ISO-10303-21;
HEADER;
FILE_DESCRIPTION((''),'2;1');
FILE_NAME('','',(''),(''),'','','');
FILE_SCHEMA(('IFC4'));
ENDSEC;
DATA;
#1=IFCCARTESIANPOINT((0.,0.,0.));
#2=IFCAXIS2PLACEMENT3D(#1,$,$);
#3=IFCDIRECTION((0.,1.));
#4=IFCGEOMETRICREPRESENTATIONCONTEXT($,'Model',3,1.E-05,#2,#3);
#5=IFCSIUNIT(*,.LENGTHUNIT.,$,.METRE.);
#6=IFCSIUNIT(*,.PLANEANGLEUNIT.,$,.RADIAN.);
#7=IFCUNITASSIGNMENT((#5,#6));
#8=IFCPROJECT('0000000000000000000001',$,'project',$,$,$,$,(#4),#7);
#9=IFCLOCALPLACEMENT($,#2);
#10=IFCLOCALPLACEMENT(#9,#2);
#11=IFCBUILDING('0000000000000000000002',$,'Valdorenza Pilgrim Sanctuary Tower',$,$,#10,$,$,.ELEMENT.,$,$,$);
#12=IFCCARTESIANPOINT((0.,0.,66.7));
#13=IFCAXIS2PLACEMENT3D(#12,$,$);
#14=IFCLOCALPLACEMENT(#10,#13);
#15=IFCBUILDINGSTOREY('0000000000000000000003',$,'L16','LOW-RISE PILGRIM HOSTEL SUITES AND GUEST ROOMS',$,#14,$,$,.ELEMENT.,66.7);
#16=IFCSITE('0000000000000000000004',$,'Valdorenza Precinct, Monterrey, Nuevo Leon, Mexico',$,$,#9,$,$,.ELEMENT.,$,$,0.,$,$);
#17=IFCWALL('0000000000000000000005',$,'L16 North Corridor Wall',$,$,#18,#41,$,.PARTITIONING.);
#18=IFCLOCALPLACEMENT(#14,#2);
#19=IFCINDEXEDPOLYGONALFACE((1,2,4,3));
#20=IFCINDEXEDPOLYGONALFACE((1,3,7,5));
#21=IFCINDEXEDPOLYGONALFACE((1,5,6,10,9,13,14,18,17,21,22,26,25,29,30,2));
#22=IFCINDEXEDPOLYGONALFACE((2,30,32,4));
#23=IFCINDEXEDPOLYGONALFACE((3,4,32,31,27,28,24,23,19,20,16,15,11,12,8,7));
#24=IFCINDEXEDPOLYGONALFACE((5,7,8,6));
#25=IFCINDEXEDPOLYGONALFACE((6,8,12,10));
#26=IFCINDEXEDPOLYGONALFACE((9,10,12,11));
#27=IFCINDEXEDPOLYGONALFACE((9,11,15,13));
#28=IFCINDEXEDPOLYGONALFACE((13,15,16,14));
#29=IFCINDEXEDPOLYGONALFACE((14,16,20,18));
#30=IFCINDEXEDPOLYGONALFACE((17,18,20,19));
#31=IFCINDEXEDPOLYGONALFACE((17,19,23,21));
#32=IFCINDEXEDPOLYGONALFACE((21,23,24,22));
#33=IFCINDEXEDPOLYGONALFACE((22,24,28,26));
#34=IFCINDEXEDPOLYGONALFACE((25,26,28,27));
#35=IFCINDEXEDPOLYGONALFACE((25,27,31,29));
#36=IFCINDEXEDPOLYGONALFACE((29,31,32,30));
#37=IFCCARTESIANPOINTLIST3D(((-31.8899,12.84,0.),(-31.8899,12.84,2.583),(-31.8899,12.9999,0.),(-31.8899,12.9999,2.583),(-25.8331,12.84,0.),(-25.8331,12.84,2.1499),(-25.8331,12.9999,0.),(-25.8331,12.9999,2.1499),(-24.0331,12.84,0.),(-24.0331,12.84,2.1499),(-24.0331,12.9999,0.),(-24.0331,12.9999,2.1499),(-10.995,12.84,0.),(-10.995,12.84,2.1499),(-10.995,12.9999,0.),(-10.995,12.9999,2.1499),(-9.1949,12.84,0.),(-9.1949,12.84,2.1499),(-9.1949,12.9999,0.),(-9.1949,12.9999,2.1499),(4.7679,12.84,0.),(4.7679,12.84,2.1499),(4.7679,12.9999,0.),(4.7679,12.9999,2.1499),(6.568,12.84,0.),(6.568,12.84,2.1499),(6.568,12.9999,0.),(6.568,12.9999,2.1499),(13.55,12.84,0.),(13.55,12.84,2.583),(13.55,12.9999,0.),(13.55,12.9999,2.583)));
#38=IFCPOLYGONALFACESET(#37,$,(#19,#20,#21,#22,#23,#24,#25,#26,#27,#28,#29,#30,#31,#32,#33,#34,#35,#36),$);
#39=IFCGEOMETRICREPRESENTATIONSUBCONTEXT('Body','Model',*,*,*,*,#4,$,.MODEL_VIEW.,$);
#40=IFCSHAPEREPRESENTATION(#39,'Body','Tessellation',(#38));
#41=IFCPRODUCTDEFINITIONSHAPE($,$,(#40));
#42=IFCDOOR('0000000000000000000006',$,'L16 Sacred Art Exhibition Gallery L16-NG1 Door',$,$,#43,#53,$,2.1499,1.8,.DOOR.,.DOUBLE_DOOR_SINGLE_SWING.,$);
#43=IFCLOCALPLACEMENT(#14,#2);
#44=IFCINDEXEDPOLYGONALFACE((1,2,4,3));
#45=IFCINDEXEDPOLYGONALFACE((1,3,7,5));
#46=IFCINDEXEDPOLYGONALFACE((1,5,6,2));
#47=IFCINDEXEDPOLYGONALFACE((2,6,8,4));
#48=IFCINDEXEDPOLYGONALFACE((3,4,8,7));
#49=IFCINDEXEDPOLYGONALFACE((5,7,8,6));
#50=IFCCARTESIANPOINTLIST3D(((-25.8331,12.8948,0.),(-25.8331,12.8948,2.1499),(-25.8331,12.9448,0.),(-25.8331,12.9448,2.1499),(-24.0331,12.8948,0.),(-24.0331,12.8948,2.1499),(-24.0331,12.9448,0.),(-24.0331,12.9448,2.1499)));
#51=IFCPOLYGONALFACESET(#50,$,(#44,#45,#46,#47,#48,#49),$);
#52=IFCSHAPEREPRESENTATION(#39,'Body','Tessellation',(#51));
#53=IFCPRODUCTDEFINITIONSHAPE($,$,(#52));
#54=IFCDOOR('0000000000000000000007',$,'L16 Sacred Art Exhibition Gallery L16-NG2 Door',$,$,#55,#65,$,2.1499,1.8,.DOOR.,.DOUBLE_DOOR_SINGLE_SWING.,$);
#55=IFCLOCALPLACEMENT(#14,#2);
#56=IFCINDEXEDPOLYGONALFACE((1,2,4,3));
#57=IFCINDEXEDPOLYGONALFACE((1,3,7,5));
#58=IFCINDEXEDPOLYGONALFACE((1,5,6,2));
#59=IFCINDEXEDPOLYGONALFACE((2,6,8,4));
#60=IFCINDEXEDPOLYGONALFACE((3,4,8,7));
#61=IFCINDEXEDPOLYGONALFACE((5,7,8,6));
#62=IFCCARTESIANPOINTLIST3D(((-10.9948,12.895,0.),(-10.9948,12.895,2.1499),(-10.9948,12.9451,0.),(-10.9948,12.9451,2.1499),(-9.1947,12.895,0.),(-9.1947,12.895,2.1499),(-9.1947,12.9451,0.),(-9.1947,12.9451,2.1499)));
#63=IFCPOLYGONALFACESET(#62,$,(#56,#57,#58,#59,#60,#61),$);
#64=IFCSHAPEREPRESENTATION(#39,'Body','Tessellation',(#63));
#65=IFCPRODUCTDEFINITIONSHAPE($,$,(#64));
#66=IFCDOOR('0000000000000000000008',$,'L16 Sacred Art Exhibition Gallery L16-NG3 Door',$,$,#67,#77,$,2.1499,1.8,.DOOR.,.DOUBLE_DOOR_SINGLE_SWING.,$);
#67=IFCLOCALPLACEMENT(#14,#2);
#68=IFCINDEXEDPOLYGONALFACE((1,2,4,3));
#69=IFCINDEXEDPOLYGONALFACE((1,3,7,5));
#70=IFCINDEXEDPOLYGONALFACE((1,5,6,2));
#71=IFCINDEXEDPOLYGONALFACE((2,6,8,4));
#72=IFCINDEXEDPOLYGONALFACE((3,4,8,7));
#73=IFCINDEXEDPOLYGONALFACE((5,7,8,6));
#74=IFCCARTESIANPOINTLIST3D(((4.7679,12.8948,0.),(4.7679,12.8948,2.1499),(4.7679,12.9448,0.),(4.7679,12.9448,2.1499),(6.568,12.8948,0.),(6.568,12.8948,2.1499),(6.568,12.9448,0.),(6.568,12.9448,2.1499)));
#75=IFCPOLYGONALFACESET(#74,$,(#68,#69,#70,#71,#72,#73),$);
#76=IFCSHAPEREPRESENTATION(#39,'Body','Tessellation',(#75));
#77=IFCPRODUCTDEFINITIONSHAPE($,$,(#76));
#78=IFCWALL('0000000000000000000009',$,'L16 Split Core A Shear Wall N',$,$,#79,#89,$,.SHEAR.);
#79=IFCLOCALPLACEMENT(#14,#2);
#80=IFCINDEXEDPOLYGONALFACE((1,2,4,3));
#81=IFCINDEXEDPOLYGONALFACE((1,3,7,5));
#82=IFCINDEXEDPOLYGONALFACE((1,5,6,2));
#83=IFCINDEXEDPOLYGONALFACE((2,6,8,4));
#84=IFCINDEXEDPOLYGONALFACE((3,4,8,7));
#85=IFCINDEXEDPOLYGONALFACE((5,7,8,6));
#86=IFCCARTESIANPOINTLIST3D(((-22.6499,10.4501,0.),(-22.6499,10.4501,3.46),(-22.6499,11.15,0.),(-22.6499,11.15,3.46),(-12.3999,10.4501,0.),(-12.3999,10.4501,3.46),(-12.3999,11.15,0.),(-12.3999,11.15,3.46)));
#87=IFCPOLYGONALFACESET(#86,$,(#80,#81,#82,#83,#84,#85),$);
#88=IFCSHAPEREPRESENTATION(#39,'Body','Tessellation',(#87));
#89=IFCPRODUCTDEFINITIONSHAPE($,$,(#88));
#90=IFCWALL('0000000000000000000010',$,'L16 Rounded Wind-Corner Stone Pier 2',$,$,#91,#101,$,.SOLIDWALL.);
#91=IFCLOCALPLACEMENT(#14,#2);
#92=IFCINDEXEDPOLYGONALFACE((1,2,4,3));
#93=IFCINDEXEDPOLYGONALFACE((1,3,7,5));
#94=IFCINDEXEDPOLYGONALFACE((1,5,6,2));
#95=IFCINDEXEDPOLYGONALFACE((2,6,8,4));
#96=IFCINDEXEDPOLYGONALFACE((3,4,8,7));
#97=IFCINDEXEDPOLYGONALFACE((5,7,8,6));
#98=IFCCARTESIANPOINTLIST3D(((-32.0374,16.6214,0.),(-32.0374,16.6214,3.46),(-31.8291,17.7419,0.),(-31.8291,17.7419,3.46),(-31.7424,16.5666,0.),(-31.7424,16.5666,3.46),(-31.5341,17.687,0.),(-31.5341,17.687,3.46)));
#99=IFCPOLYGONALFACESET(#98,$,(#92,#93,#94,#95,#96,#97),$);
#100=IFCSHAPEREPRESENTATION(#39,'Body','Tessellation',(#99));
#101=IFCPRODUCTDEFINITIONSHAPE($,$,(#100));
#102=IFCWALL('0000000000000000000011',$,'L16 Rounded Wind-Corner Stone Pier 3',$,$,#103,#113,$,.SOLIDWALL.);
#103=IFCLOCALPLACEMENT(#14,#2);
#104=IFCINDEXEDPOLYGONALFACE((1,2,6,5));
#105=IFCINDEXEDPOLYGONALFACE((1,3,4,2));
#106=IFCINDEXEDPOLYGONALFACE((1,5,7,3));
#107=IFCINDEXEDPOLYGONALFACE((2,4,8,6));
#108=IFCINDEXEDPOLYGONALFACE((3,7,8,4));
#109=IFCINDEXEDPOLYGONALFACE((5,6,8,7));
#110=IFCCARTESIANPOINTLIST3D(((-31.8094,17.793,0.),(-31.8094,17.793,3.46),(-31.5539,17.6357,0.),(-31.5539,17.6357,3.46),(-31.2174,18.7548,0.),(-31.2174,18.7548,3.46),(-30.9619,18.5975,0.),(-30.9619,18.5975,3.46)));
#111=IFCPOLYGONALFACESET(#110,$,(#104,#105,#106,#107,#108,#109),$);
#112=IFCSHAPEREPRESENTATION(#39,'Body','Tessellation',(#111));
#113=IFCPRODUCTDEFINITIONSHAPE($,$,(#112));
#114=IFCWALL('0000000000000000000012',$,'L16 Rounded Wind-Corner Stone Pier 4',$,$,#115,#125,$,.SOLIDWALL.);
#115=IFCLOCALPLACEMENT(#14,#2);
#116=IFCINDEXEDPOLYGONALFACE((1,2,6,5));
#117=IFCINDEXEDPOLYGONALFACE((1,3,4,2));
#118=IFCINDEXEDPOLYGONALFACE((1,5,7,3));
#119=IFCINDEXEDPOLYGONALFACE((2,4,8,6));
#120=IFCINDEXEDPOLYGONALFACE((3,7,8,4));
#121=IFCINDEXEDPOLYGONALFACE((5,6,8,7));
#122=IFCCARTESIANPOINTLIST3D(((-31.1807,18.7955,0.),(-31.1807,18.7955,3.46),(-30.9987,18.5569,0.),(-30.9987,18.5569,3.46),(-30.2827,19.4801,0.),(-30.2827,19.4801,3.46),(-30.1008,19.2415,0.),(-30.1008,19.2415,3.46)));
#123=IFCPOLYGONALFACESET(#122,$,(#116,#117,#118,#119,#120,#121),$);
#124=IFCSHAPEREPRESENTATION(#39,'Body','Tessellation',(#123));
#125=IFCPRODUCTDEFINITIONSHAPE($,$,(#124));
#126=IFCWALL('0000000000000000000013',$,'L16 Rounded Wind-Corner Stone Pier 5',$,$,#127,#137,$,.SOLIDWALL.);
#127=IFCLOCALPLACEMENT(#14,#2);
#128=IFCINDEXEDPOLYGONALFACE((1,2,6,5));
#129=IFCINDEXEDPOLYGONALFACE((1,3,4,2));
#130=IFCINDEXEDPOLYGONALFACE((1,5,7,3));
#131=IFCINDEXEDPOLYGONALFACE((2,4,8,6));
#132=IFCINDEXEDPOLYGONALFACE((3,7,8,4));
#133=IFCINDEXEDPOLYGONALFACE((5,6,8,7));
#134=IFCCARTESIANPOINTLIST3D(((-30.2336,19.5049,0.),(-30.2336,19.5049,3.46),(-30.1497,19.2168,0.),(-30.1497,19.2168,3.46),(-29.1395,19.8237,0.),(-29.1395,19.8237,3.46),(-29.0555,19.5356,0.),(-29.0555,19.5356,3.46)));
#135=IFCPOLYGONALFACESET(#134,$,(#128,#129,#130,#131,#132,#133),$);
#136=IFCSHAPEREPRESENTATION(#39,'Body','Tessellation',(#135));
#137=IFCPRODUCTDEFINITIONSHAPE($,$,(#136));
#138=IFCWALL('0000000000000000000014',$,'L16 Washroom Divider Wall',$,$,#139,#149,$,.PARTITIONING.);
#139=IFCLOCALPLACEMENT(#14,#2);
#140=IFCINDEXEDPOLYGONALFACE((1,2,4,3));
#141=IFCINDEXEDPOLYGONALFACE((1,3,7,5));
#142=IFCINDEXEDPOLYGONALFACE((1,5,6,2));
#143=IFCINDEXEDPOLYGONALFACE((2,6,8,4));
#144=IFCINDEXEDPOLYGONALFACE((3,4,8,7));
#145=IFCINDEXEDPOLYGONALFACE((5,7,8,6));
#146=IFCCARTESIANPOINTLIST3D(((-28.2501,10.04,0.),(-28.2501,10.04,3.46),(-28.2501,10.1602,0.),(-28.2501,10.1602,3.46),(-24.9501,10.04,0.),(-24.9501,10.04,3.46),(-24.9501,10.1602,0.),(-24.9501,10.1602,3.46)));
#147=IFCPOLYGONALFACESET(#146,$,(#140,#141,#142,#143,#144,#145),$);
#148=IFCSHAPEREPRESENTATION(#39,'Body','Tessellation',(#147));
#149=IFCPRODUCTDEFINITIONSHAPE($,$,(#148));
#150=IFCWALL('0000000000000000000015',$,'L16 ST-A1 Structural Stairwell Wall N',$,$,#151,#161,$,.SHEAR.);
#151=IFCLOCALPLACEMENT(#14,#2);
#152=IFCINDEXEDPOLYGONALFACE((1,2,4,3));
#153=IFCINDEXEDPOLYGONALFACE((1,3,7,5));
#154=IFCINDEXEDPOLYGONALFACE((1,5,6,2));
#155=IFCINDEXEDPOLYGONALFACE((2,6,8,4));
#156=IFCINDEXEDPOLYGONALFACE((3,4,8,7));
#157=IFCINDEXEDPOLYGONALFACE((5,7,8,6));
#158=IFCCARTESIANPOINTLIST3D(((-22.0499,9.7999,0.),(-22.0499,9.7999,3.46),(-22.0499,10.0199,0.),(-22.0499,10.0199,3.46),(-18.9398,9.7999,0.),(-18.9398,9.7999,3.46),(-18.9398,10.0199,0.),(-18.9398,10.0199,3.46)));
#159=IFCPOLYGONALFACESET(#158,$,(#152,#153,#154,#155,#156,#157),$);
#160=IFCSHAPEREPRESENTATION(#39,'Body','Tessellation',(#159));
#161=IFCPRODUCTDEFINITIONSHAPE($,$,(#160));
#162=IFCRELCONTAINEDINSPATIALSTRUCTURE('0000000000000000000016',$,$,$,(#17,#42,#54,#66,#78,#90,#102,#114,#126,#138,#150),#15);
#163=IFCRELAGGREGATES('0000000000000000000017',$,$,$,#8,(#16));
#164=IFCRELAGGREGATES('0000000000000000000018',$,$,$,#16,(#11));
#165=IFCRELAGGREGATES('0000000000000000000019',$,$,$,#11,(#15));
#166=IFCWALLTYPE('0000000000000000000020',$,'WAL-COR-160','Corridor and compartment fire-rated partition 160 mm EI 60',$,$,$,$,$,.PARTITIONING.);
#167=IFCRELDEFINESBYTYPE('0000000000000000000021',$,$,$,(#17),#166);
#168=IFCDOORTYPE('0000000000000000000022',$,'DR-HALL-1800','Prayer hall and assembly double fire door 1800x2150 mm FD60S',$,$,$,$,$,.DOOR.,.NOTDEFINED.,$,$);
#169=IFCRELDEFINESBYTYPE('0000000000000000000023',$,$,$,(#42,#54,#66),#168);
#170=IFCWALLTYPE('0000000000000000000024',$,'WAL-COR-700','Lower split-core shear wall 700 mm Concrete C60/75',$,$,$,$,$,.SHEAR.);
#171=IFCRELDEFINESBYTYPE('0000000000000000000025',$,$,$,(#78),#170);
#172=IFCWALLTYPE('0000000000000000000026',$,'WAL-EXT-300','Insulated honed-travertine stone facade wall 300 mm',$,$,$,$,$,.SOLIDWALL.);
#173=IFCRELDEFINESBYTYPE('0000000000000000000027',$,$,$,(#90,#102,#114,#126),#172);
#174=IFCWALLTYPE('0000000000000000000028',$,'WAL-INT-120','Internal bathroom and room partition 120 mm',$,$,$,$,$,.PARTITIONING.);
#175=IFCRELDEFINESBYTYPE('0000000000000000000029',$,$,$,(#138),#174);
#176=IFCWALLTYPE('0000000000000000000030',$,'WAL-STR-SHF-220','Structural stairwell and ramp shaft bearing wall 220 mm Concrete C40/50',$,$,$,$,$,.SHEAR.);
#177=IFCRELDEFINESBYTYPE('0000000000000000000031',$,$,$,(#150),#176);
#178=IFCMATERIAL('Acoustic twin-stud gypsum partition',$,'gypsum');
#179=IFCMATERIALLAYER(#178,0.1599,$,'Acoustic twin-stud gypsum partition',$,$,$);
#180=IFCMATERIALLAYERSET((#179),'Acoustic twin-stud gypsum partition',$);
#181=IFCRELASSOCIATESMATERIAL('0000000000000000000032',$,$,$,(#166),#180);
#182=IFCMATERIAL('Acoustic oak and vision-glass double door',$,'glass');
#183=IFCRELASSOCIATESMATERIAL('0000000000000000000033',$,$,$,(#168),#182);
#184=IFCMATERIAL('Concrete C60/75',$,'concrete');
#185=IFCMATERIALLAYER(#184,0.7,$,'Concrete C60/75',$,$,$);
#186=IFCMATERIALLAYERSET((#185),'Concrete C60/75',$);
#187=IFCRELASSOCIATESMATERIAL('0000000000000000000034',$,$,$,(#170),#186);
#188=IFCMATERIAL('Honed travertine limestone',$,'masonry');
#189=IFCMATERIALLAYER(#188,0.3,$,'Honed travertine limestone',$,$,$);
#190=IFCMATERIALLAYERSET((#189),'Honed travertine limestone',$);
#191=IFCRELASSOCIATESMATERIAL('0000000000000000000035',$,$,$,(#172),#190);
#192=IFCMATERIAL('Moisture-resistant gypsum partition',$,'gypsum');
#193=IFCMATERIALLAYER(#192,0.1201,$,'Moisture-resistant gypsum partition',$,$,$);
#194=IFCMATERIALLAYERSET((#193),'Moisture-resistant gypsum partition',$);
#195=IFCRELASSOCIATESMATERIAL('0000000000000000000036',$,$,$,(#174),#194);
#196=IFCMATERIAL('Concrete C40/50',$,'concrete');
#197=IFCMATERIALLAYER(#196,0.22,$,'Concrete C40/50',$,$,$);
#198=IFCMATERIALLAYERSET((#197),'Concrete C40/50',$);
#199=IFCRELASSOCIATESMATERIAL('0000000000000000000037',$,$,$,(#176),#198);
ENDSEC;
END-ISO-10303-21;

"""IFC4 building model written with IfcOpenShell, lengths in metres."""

from ifc_helpers import new_model, si_unit, direction, frame, frame_2d, origin, place, context, subcontext, project, spatial, rectangle, extrude, material, layer, layer_set, type_object, element, fill, save


model = new_model("IFC4")

# Units and contexts
model_context = context("Model", 3, precision=1e-05, world=origin(), true_north=direction((0.0, 1.0)))
body_context = subcontext(model_context, "Body", "Model", "MODEL_VIEW")
ifc_project = project(units=[si_unit("LENGTHUNIT", "METRE"), si_unit("PLANEANGLEUNIT", "RADIAN")], contexts=[model_context])

# Site, building, storey
site_placement = place(None, origin())
site = spatial("IfcSite", under=ifc_project, at=site_placement, Name="Valdorenza Precinct, Monterrey, Nuevo Leon, Mexico", CompositionType="ELEMENT", RefElevation=0.0)
building_placement = place(site_placement, origin())
building = spatial("IfcBuilding", under=site, at=building_placement, Name="Valdorenza Pilgrim Sanctuary Tower", CompositionType="ELEMENT")
storey_placement = place(building_placement, frame((0.0, 0.0, 66.7)))
storey = spatial("IfcBuildingStorey", under=building, at=storey_placement, Name="L16", Description="LOW-RISE PILGRIM HOSTEL SUITES AND GUEST ROOMS", CompositionType="ELEMENT", Elevation=66.7)

# Shared definitions
ifc_material_1 = material(Name="Concrete C60/75", Category="concrete")

# Shared definitions
ifc_material_2 = material(Name="Honed travertine limestone", Category="masonry")

# Shared definitions
ifc_material_3 = material(Name="Acoustic twin-stud gypsum partition", Category="gypsum")
ifc_layer_1 = layer(ifc_material_3, 0.1599, Name="Acoustic twin-stud gypsum partition")
ifc_layer_set_1 = layer_set([ifc_layer_1], Name="Acoustic twin-stud gypsum partition")
wall_type_1 = type_object("IfcWallType", Name="WAL-COR-160", Description="Corridor and compartment fire-rated partition 160 mm EI 60", PredefinedType="PARTITIONING", material=ifc_layer_set_1)

# Wall, openings, doors
wall_1_placement = place(storey_placement, frame((-31.8899, 12.9199, 0.0), z_axis=(0.0, 0.0, 1.0), x_axis=(1.0, 0.0, 0.0)))
wall_1 = element("IfcWall", 1, at=wall_1_placement, inside=storey, type_object=wall_type_1, Name="L16 North Corridor Wall", PredefinedType="PARTITIONING", context=body_context, shape_type="SweptSolid", body=[
    extrude(rectangle(XDim=45.4399, YDim=0.1599, at=frame_2d((22.72, 0.0))), origin(), (0.0, 0.0, 1.0), 2.583),
])
opening_1_placement = place(wall_1_placement, frame((6.0569, 0.0, 0.0)))
opening_1 = element("IfcOpeningElement", 2, at=opening_1_placement, cuts=wall_1, PredefinedType="OPENING", context=body_context, shape_type="SweptSolid", body=[
    extrude(rectangle(XDim=1.8, YDim=2.1499, at=frame_2d((0.8999, 1.075))), frame((0.0, 0.0947, 0.0), z_axis=(0.0, -1.0, 0.0), x_axis=(1.0, 0.0, 0.0)), (0.0, 0.0, 1.0), 0.1897),
])
opening_2_placement = place(wall_1_placement, frame((20.895, 0.0, 0.0)))
opening_2 = element("IfcOpeningElement", 3, at=opening_2_placement, cuts=wall_1, PredefinedType="OPENING", context=body_context, shape_type="SweptSolid", body=[
    extrude(rectangle(XDim=1.8, YDim=2.1499, at=frame_2d((0.8999, 1.075))), frame((0.0, 0.0947, 0.0), z_axis=(0.0, -1.0, 0.0), x_axis=(1.0, 0.0, 0.0)), (0.0, 0.0, 1.0), 0.1897),
])
opening_3_placement = place(wall_1_placement, frame((36.658, 0.0, 0.0)))
opening_3 = element("IfcOpeningElement", 4, at=opening_3_placement, cuts=wall_1, PredefinedType="OPENING", context=body_context, shape_type="SweptSolid", body=[
    extrude(rectangle(XDim=1.8, YDim=2.1499, at=frame_2d((0.8999, 1.075))), frame((0.0, 0.0947, 0.0), z_axis=(0.0, -1.0, 0.0), x_axis=(1.0, 0.0, 0.0)), (0.0, 0.0, 1.0), 0.1897),
])
ifc_material_4 = material(Name="Acoustic oak and vision-glass double door", Category="glass")
door_type = type_object("IfcDoorType", Name="DR-HALL-1800", Description="Prayer hall and assembly double fire door 1800x2150 mm FD60S", OperationType="NOTDEFINED", PredefinedType="DOOR", material=ifc_material_4)
door_1_placement = place(opening_1_placement, origin())
door_1 = element("IfcDoor", 5, at=door_1_placement, inside=storey, type_object=door_type, Name="L16 Sacred Art Exhibition Gallery L16-NG1 Door", OperationType="DOUBLE_DOOR_SINGLE_SWING", OverallHeight=2.1499, OverallWidth=1.8, PredefinedType="DOOR", context=body_context, shape_type="SweptSolid", body=[
    extrude(rectangle(XDim=1.8, YDim=2.1499, at=frame_2d((0.8999, 1.075))), frame((0.0, 0.0249, 0.0), z_axis=(0.0, -1.0, 0.0), x_axis=(1.0, 0.0, 0.0)), (0.0, 0.0, 1.0), 0.05),
])
fill(opening_1, door_1)
door_2_placement = place(opening_2_placement, frame((1.8, 0.0, 0.0), z_axis=(0.0, 0.0, 1.0), x_axis=(-1.0, 0.0, 0.0)))
door_2 = element("IfcDoor", 6, at=door_2_placement, inside=storey, type_object=door_type, Name="L16 Sacred Art Exhibition Gallery L16-NG2 Door", OperationType="DOUBLE_DOOR_SINGLE_SWING", OverallHeight=2.1499, OverallWidth=1.8, PredefinedType="DOOR", context=body_context, shape_type="SweptSolid", body=[
    extrude(rectangle(XDim=1.8, YDim=2.1499, at=frame_2d((0.8999, 1.075))), frame((0.0, 0.0249, 0.0), z_axis=(0.0, -1.0, 0.0), x_axis=(1.0, 0.0, 0.0)), (0.0, 0.0, 1.0), 0.05),
])
fill(opening_2, door_2)
door_3_placement = place(opening_3_placement, origin())
door_3 = element("IfcDoor", 7, at=door_3_placement, inside=storey, type_object=door_type, Name="L16 Sacred Art Exhibition Gallery L16-NG3 Door", OperationType="DOUBLE_DOOR_SINGLE_SWING", OverallHeight=2.1499, OverallWidth=1.8, PredefinedType="DOOR", context=body_context, shape_type="SweptSolid", body=[
    extrude(rectangle(XDim=1.8, YDim=2.1499, at=frame_2d((0.8999, 1.075))), frame((0.0, 0.0249, 0.0), z_axis=(0.0, -1.0, 0.0), x_axis=(1.0, 0.0, 0.0)), (0.0, 0.0, 1.0), 0.05),
])
fill(opening_3, door_3)

# Walls
ifc_layer_2 = layer(ifc_material_1, 0.7, Name="Concrete C60/75")
ifc_layer_set_2 = layer_set([ifc_layer_2], Name="Concrete C60/75")
wall_type_2 = type_object("IfcWallType", Name="WAL-COR-700", Description="Lower split-core shear wall 700 mm Concrete C60/75", PredefinedType="SHEAR", material=ifc_layer_set_2)
wall_2_placement = place(storey_placement, frame((-22.6499, 10.8, 0.0), z_axis=(0.0, 0.0, 1.0), x_axis=(1.0, 0.0, 0.0)))
element("IfcWall", 8, at=wall_2_placement, inside=storey, type_object=wall_type_2, Name="L16 Split Core A Shear Wall N", PredefinedType="SHEAR", context=body_context, shape_type="SweptSolid", body=[
    extrude(rectangle(XDim=10.25, YDim=0.7, at=frame_2d((5.125, 0.0))), origin(), (0.0, 0.0, 1.0), 3.46),
])
ifc_layer_3 = layer(ifc_material_2, 0.3, Name="Honed travertine limestone")
ifc_layer_set_3 = layer_set([ifc_layer_3], Name="Honed travertine limestone")
wall_type_3 = type_object("IfcWallType", Name="WAL-EXT-300", Description="Insulated honed-travertine stone facade wall 300 mm", PredefinedType="SOLIDWALL", material=ifc_layer_set_3)
wall_3_placement = place(storey_placement, frame((-31.8899, 16.594, 0.0), z_axis=(0.0, 0.0, 1.0), x_axis=(0.182749, 0.98316, 0.0)))
element("IfcWall", 9, at=wall_3_placement, inside=storey, type_object=wall_type_3, Name="L16 Rounded Wind-Corner Stone Pier 2", PredefinedType="SOLIDWALL", context=body_context, shape_type="SweptSolid", body=[
    extrude(rectangle(XDim=1.1396, YDim=0.3, at=frame_2d((0.5698, 0.0))), origin(), (0.0, 0.0, 1.0), 3.46),
])
wall_4_placement = place(storey_placement, frame((-31.6816, 17.7144, 0.0), z_axis=(0.0, 0.0, 1.0), x_axis=(0.524158, 0.851621, 0.0)))
element("IfcWall", 10, at=wall_4_placement, inside=storey, type_object=wall_type_3, Name="L16 Rounded Wind-Corner Stone Pier 3", PredefinedType="SOLIDWALL", context=body_context, shape_type="SweptSolid", body=[
    extrude(rectangle(XDim=1.1294, YDim=0.3, at=frame_2d((0.5647, 0.0))), origin(), (0.0, 0.0, 1.0), 3.46),
])
wall_5_placement = place(storey_placement, frame((-31.0896, 18.6763, 0.0), z_axis=(0.0, 0.0, 1.0), x_axis=(0.795253, 0.606278, 0.0)))
element("IfcWall", 11, at=wall_5_placement, inside=storey, type_object=wall_type_3, Name="L16 Rounded Wind-Corner Stone Pier 4", PredefinedType="SOLIDWALL", context=body_context, shape_type="SweptSolid", body=[
    extrude(rectangle(XDim=1.1292, YDim=0.3, at=frame_2d((0.5645, 0.0))), origin(), (0.0, 0.0, 1.0), 3.46),
])
wall_6_placement = place(storey_placement, frame((-30.1917, 19.3608, 0.0), z_axis=(0.0, 0.0, 1.0), x_axis=(0.960072, 0.279753, 0.0)))
element("IfcWall", 12, at=wall_6_placement, inside=storey, type_object=wall_type_3, Name="L16 Rounded Wind-Corner Stone Pier 5", PredefinedType="SOLIDWALL", context=body_context, shape_type="SweptSolid", body=[
    extrude(rectangle(XDim=1.1396, YDim=0.3, at=frame_2d((0.5698, 0.0))), origin(), (0.0, 0.0, 1.0), 3.46),
])
ifc_material_5 = material(Name="Moisture-resistant gypsum partition", Category="gypsum")
ifc_layer_4 = layer(ifc_material_5, 0.1201, Name="Moisture-resistant gypsum partition")
ifc_layer_set_4 = layer_set([ifc_layer_4], Name="Moisture-resistant gypsum partition")
wall_type_4 = type_object("IfcWallType", Name="WAL-INT-120", Description="Internal bathroom and room partition 120 mm", PredefinedType="PARTITIONING", material=ifc_layer_set_4)
wall_7_placement = place(storey_placement, frame((-28.25, 10.1001, 0.0), z_axis=(0.0, 0.0, 1.0), x_axis=(1.0, 0.0, 0.0)))
element("IfcWall", 13, at=wall_7_placement, inside=storey, type_object=wall_type_4, Name="L16 Washroom Divider Wall", PredefinedType="PARTITIONING", context=body_context, shape_type="SweptSolid", body=[
    extrude(rectangle(XDim=3.3, YDim=0.1201, at=frame_2d((1.6499, 0.0))), origin(), (0.0, 0.0, 1.0), 3.46),
])
ifc_material_6 = material(Name="Concrete C40/50", Category="concrete")
ifc_layer_5 = layer(ifc_material_6, 0.22, Name="Concrete C40/50")
ifc_layer_set_5 = layer_set([ifc_layer_5], Name="Concrete C40/50")
wall_type_5 = type_object("IfcWallType", Name="WAL-STR-SHF-220", Description="Structural stairwell and ramp shaft bearing wall 220 mm Concrete C40/50", PredefinedType="SHEAR", material=ifc_layer_set_5)
wall_8_placement = place(storey_placement, frame((-22.05, 9.9099, 0.0), z_axis=(0.0, 0.0, 1.0), x_axis=(1.0, 0.0, 0.0)))
element("IfcWall", 14, at=wall_8_placement, inside=storey, type_object=wall_type_5, Name="L16 ST-A1 Structural Stairwell Wall N", PredefinedType="SHEAR", context=body_context, shape_type="SweptSolid", body=[
    extrude(rectangle(XDim=3.1101, YDim=0.22, at=frame_2d((1.5552, 0.0))), origin(), (0.0, 0.0, 1.0), 3.46),
])

save(model, "model.ifc")
